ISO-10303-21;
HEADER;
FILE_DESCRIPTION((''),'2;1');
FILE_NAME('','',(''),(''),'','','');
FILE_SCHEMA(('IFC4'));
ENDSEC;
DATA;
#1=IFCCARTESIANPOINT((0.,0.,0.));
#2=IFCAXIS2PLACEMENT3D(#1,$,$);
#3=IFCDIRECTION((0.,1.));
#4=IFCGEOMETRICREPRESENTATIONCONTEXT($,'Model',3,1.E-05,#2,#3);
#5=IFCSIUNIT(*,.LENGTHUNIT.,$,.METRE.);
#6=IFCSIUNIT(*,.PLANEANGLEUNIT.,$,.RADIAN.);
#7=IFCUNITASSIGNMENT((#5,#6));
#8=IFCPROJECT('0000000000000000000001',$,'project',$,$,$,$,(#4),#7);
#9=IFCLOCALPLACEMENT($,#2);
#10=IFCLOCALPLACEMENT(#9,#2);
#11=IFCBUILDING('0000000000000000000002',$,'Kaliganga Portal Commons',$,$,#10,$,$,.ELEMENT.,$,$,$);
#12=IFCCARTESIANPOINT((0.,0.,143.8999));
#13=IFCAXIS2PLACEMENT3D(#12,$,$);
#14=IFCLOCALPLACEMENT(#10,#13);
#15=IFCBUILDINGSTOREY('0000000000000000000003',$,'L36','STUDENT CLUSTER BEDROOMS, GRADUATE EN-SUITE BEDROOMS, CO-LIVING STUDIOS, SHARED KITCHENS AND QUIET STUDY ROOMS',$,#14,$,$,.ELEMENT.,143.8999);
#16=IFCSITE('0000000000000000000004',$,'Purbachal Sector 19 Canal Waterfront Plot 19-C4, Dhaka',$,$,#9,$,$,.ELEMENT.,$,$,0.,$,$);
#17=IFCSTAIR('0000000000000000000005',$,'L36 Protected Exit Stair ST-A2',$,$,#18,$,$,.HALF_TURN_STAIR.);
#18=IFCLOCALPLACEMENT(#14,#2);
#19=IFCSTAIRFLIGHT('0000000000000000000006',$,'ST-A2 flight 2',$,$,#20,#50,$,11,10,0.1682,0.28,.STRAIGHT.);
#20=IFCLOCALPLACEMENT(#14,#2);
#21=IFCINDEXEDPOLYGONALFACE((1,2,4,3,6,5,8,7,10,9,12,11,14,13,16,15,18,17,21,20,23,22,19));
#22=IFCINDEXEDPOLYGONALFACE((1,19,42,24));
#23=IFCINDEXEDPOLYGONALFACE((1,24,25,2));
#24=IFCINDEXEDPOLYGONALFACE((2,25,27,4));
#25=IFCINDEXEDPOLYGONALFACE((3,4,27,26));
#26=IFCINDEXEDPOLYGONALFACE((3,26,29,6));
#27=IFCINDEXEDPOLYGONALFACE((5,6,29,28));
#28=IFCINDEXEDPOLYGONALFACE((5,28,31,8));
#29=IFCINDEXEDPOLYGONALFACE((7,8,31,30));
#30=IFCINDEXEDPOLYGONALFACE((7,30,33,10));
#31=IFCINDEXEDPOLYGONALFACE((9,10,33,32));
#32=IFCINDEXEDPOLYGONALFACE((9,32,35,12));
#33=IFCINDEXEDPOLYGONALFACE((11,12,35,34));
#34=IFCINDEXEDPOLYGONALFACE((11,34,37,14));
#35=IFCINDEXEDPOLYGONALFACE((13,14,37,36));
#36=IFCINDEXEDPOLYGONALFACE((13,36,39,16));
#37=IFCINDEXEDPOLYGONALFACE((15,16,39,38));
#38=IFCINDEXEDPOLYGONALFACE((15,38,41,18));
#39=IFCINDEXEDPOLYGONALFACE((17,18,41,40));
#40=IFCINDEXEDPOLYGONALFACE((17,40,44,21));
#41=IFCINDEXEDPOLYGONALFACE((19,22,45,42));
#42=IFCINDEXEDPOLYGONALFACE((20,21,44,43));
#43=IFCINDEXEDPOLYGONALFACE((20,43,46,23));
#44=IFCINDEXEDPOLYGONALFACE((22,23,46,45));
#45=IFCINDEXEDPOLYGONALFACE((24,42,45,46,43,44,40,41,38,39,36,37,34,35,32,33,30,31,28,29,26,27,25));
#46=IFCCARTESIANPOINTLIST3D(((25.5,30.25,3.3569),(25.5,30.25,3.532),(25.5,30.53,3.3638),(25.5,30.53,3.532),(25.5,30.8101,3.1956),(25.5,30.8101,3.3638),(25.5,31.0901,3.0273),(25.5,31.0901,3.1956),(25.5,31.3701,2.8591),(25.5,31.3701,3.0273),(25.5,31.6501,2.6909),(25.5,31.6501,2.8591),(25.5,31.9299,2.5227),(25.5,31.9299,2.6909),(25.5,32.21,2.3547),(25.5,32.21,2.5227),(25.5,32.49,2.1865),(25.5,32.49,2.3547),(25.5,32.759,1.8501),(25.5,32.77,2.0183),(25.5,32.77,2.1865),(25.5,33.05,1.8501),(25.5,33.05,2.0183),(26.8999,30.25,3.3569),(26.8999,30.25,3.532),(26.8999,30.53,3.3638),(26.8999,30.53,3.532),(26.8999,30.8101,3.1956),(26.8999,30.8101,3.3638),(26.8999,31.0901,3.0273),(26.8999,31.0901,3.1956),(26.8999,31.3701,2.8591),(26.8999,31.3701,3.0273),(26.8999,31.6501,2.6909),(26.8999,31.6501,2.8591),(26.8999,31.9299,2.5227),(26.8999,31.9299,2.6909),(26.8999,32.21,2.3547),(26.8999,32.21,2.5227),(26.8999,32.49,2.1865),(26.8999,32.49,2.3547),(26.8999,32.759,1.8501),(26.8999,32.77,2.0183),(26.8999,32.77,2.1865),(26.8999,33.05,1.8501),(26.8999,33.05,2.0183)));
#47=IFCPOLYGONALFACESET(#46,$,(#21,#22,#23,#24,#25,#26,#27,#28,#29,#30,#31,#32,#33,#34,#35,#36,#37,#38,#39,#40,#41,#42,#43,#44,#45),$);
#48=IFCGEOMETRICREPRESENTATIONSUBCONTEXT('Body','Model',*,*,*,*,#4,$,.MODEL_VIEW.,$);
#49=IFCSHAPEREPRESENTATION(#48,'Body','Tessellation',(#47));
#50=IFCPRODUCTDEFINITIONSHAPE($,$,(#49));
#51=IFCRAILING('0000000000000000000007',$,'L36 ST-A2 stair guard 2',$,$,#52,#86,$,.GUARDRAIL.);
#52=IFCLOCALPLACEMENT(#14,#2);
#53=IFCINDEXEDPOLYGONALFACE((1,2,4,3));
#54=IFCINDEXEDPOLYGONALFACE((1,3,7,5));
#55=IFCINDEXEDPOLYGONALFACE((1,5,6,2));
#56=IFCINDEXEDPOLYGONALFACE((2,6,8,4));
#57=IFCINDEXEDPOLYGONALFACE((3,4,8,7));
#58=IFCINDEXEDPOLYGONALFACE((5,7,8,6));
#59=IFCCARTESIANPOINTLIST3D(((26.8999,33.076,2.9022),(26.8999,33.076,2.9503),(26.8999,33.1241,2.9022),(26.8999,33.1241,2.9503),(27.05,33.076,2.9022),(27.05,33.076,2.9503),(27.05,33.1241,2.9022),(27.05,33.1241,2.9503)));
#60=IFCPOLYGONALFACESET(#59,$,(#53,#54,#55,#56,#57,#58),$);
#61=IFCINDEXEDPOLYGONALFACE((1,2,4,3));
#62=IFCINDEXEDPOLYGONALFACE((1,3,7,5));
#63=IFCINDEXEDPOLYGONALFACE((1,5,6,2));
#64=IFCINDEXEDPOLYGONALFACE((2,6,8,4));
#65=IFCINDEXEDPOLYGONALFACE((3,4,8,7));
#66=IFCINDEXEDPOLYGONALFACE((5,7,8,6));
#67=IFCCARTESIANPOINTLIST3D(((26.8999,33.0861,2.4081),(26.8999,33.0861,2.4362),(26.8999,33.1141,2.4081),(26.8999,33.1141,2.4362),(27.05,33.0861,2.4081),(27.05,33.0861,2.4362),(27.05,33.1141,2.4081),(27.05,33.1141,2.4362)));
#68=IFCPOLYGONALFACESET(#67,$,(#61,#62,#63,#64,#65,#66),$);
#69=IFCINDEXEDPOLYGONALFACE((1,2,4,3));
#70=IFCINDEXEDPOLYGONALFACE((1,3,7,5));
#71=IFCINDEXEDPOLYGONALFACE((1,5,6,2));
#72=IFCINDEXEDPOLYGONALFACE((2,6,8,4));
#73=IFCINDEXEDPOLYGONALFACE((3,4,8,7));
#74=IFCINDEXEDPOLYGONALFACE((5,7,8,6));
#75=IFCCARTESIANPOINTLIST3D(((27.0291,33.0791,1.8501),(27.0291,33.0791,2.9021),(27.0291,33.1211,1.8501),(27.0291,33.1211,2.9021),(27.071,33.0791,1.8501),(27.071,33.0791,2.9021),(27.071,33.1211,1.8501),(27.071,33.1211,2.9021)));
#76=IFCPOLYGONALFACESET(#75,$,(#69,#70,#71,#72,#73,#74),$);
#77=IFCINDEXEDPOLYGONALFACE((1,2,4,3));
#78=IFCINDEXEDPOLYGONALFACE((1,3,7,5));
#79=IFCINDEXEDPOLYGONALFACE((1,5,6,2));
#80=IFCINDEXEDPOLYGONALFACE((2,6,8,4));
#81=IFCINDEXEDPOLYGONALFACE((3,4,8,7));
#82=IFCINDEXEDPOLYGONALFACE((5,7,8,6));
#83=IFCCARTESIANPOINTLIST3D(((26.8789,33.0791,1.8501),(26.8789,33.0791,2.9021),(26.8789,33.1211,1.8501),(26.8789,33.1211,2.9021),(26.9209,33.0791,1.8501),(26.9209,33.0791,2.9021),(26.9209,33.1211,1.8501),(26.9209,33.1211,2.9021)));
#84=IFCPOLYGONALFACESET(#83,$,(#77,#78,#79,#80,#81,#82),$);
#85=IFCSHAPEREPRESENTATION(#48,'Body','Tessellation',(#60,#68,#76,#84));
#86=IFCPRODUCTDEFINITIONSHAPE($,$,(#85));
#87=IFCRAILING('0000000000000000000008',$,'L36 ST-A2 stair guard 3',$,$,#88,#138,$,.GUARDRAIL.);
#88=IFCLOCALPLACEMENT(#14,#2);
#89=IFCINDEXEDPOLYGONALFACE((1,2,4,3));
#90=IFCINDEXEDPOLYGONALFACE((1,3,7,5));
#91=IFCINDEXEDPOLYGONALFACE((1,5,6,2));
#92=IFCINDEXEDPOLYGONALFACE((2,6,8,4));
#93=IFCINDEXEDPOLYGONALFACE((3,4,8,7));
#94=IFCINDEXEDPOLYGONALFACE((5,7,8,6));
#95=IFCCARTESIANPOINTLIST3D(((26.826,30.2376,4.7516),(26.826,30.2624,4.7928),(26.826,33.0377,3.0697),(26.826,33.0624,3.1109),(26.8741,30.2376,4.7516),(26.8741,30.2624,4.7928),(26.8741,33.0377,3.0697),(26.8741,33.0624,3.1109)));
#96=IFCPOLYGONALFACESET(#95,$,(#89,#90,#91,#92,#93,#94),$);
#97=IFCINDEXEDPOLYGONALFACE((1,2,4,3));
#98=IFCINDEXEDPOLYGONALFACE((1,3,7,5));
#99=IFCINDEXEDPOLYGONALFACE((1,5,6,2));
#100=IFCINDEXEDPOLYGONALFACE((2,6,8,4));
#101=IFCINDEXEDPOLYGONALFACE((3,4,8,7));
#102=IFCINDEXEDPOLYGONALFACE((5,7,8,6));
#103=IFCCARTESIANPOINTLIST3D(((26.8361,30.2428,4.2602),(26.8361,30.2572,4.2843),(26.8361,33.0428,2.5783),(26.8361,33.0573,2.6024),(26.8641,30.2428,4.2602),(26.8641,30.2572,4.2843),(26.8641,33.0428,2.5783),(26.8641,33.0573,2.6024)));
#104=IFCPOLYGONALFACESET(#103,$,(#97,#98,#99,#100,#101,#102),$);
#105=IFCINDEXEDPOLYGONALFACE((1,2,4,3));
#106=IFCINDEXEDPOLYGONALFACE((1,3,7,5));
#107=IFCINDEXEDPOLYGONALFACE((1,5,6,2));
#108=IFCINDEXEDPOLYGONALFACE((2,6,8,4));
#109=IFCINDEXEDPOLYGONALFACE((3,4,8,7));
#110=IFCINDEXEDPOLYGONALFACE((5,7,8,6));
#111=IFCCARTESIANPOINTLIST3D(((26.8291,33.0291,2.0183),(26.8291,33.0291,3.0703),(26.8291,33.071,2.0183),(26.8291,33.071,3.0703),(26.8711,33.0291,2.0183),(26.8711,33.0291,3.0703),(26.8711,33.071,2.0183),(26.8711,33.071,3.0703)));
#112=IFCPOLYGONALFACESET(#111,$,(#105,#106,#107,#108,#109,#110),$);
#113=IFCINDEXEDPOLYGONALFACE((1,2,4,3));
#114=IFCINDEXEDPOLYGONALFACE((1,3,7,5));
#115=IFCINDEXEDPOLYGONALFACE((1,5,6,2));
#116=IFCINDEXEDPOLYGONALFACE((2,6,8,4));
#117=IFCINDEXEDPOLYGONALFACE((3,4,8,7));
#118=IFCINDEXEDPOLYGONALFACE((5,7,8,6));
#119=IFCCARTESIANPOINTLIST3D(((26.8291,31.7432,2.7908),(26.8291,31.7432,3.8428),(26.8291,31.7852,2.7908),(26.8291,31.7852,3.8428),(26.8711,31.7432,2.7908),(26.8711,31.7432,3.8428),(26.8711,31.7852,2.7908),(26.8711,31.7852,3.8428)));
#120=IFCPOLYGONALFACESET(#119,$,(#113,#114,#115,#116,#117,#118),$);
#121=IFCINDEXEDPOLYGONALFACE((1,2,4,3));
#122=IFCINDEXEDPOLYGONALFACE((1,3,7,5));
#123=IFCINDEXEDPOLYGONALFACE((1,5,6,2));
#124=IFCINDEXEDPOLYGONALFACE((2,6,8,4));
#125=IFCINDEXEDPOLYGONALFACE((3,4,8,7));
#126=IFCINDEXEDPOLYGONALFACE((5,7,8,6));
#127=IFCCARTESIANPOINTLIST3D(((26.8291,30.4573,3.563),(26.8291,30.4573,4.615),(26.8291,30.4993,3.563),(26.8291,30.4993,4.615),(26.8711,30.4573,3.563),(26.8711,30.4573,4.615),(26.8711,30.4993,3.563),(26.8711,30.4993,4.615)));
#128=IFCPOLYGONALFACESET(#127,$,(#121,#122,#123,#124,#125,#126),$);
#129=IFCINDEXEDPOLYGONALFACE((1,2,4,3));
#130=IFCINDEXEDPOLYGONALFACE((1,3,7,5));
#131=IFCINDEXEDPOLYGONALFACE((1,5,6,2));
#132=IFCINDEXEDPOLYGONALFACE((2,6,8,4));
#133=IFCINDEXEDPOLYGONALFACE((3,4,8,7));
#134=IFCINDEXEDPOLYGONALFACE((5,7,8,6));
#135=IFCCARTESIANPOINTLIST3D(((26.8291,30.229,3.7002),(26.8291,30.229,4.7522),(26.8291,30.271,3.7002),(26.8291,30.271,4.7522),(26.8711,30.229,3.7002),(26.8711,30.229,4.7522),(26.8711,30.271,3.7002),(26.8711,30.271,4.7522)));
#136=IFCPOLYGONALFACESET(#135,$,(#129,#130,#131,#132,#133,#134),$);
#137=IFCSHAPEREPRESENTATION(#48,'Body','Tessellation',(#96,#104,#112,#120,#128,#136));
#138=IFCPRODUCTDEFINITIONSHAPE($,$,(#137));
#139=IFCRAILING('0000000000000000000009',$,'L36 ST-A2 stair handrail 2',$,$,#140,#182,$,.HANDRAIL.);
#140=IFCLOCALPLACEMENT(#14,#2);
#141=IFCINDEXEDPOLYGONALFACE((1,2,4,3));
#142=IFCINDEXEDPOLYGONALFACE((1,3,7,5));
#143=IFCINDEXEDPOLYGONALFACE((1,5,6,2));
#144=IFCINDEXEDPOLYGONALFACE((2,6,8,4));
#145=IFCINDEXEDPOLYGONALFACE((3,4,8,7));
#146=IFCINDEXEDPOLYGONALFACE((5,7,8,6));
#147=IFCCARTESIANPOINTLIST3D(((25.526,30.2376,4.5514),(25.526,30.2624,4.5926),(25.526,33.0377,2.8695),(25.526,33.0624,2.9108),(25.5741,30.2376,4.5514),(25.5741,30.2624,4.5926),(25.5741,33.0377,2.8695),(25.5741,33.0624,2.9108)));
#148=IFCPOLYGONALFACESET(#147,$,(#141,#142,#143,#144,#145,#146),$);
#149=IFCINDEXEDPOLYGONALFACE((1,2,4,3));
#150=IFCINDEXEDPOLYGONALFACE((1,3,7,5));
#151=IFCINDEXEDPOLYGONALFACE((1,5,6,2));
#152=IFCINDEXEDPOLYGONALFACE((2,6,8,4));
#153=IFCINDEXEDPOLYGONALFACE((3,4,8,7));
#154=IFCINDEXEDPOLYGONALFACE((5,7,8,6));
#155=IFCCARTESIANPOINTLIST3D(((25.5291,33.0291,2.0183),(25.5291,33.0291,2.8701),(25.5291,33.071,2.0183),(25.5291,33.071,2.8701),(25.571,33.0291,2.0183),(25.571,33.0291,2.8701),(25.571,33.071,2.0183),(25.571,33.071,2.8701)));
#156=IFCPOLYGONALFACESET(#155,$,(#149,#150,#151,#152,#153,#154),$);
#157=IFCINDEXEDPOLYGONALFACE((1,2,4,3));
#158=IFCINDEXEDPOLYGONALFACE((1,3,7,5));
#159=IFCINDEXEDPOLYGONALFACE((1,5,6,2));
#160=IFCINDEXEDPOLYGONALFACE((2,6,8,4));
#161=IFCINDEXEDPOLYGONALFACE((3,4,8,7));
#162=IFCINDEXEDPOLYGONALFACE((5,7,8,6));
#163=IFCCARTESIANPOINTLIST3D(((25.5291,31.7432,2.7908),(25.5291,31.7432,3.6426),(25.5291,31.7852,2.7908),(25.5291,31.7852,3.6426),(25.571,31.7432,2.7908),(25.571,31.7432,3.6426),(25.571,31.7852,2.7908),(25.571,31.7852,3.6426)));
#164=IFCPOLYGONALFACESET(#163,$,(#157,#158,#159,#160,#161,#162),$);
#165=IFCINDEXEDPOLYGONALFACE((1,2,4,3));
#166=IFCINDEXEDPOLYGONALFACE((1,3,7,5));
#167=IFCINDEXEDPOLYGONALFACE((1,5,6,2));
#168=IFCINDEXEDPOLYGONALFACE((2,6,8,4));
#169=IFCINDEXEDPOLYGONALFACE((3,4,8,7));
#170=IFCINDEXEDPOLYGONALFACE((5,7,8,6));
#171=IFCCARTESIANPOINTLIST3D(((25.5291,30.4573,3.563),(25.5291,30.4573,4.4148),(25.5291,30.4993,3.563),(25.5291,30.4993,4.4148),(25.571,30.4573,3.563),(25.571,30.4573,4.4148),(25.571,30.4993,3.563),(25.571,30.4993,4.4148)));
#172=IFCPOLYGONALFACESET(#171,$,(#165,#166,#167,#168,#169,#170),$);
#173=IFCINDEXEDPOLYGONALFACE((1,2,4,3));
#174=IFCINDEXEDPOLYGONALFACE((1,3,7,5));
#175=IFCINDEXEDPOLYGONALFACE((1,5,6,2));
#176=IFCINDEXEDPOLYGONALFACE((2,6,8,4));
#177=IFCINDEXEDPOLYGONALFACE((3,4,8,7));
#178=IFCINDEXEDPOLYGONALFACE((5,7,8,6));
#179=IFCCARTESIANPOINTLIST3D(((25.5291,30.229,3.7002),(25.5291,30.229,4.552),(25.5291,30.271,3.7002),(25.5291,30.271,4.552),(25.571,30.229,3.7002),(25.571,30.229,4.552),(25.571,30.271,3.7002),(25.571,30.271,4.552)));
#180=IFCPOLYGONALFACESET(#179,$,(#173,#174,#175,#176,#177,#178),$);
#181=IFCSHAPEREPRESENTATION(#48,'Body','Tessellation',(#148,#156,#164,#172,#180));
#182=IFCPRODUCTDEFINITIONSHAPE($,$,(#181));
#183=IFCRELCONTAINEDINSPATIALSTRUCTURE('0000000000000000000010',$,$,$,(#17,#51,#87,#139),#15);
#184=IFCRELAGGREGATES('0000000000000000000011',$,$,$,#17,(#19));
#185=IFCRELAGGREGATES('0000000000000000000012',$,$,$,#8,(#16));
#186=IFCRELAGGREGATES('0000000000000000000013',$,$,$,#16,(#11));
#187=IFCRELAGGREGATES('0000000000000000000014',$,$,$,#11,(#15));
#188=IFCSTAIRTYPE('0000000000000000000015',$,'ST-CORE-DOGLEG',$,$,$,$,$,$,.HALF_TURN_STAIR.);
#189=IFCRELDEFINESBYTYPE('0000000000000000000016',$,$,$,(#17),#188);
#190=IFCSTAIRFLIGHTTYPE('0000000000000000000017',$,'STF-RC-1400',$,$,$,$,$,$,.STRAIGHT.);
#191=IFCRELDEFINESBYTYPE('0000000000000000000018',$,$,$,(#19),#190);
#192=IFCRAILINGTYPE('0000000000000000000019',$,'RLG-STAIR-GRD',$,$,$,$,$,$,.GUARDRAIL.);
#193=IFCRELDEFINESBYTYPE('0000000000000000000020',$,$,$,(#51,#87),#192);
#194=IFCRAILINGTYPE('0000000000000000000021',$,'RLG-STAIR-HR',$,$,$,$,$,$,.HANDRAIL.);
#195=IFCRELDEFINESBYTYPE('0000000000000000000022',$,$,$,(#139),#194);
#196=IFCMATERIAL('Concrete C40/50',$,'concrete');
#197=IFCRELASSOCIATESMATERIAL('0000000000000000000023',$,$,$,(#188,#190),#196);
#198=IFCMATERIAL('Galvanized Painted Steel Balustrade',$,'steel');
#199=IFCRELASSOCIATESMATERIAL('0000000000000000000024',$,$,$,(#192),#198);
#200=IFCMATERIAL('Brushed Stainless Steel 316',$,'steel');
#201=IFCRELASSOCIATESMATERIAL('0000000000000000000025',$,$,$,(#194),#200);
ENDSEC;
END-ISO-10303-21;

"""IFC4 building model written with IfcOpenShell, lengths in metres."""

from ifc_helpers import new_model, si_unit, direction, frame, origin, origin_2d, place, context, subcontext, project, spatial, polyline, rectangle, outline, extrude, material, type_object, element, aggregate, save


model = new_model("IFC4")

# Units and contexts
model_context = context("Model", 3, precision=1e-05, world=origin(), true_north=direction((0.0, 1.0)))
body_context = subcontext(model_context, "Body", "Model", "MODEL_VIEW")
ifc_project = project(units=[si_unit("LENGTHUNIT", "METRE"), si_unit("PLANEANGLEUNIT", "RADIAN")], contexts=[model_context])

# Site, building, storey
site_placement = place(None, origin())
site = spatial("IfcSite", under=ifc_project, at=site_placement, Name="Purbachal Sector 19 Canal Waterfront Plot 19-C4, Dhaka", CompositionType="ELEMENT", RefElevation=0.0)
building_placement = place(site_placement, origin())
building = spatial("IfcBuilding", under=site, at=building_placement, Name="Kaliganga Portal Commons", CompositionType="ELEMENT")
storey_placement = place(building_placement, frame((0.0, 0.0, 143.8999)))
storey = spatial("IfcBuildingStorey", under=building, at=storey_placement, Name="L36", Description="STUDENT CLUSTER BEDROOMS, GRADUATE EN-SUITE BEDROOMS, CO-LIVING STUDIOS, SHARED KITCHENS AND QUIET STUDY ROOMS", CompositionType="ELEMENT", Elevation=143.8999)

# Stair, stair flight
ifc_material_1 = material(Name="Concrete C40/50", Category="concrete")
stair_type = type_object("IfcStairType", Name="ST-CORE-DOGLEG", PredefinedType="HALF_TURN_STAIR", material=ifc_material_1)
stair_placement = place(storey_placement, origin())
stair = element("IfcStair", 1, at=stair_placement, inside=storey, type_object=stair_type, Name="L36 Protected Exit Stair ST-A2", PredefinedType="HALF_TURN_STAIR")
stair_flight_type = type_object("IfcStairFlightType", Name="STF-RC-1400", PredefinedType="STRAIGHT", material=ifc_material_1)
stair_flight_placement = place(storey_placement, frame((26.2, 33.05, 1.8501), z_axis=(0.0, 0.0, 1.0), x_axis=(0.0, -1.0, 0.0)))
stair_flight = element("IfcStairFlight", 2, at=stair_flight_placement, type_object=stair_flight_type, Name="ST-A2 flight 2", NumberOfRisers=11, NumberOfTreads=10, PredefinedType="STRAIGHT", RiserHeight=0.1682, TreadLength=0.28, context=body_context, shape_type="SweptSolid", body=[
    extrude(outline(polyline([(0.0, 0.0), (0.0, 0.1682), (0.28, 0.1682), (0.28, 0.3364), (0.5601, 0.3364), (0.5601, 0.5046), (0.8401, 0.5046), (0.8401, 0.6726), (1.1201, 0.6726), (1.1201, 0.8408), (1.3999, 0.8408), (1.3999, 1.009), (1.6799, 1.009), (1.6799, 1.1772), (1.96, 1.1772), (1.96, 1.3455), (2.24, 1.3455), (2.24, 1.5137), (2.52, 1.5137), (2.52, 1.6819), (2.8, 1.6819), (2.8, 1.8501), (2.8, 1.5068), (0.291, 0.0), (0.0, 0.0)])), frame((0.0, 0.7, 0.0), z_axis=(0.0, -1.0, 0.0), x_axis=(1.0, 0.0, 0.0)), (0.0, 0.0, 1.0), 1.3999),
])
aggregate(stair, [stair_flight])

# Railings
ifc_material_2 = material(Name="Galvanized Painted Steel Balustrade", Category="steel")
railing_type_1 = type_object("IfcRailingType", Name="RLG-STAIR-GRD", PredefinedType="GUARDRAIL", material=ifc_material_2)
railing_1_placement = place(storey_placement, frame((27.05, 33.1001, 1.8501)))
element("IfcRailing", 3, at=railing_1_placement, inside=storey, type_object=railing_type_1, Name="L36 ST-A2 stair guard 2", PredefinedType="GUARDRAIL", context=body_context, shape_type="SweptSolid", body=[
    extrude(rectangle(XDim=0.0481, YDim=0.0481, at=origin_2d()), frame((0.0, 0.0, 1.0762), z_axis=(-1.0, 0.0, 0.0), x_axis=(0.0, -1.0, 0.0)), (0.0, 0.0, 1.0), 0.1501),
    extrude(rectangle(XDim=0.0281, YDim=0.0281, at=origin_2d()), frame((0.0, 0.0, 0.572), z_axis=(-1.0, 0.0, 0.0), x_axis=(0.0, -1.0, 0.0)), (0.0, 0.0, 1.0), 0.1501),
    extrude(rectangle(XDim=0.042, YDim=0.042, at=origin_2d()), origin(), (0.0, 0.0, 1.0), 1.052),
    extrude(rectangle(XDim=0.042, YDim=0.042, at=origin_2d()), frame((-0.1501, 0.0, 0.0)), (0.0, 0.0, 1.0), 1.052),
])
railing_2_placement = place(storey_placement, frame((26.8501, 33.05, 2.0183)))
element("IfcRailing", 4, at=railing_2_placement, inside=storey, type_object=railing_type_1, Name="L36 ST-A2 stair guard 3", PredefinedType="GUARDRAIL", context=body_context, shape_type="SweptSolid", body=[
    extrude(rectangle(XDim=0.0481, YDim=0.0481, at=origin_2d()), frame((0.0, 0.0, 1.072), z_axis=(0.0, -0.857242, 0.514913), x_axis=(1.0, 0.0, 0.0)), (0.0, 0.0, 1.0), 3.2664),
    extrude(rectangle(XDim=0.0281, YDim=0.0281, at=origin_2d()), frame((0.0, 0.0, 0.572), z_axis=(0.0, -0.857242, 0.514913), x_axis=(1.0, 0.0, 0.0)), (0.0, 0.0, 1.0), 3.2664),
    extrude(rectangle(XDim=0.042, YDim=0.042, at=origin_2d()), origin(), (0.0, 0.0, 1.0), 1.052),
    extrude(rectangle(XDim=0.042, YDim=0.042, at=origin_2d()), frame((0.0, -1.2859, 0.7725)), (0.0, 0.0, 1.0), 1.052),
    extrude(rectangle(XDim=0.042, YDim=0.042, at=origin_2d()), frame((0.0, -2.5718, 1.5447)), (0.0, 0.0, 1.0), 1.052),
    extrude(rectangle(XDim=0.042, YDim=0.042, at=origin_2d()), frame((0.0, -2.8, 1.6819)), (0.0, 0.0, 1.0), 1.052),
])
ifc_material_3 = material(Name="Brushed Stainless Steel 316", Category="steel")
railing_type_2 = type_object("IfcRailingType", Name="RLG-STAIR-HR", PredefinedType="HANDRAIL", material=ifc_material_3)
railing_3_placement = place(storey_placement, frame((25.55, 33.05, 2.0183)))
element("IfcRailing", 5, at=railing_3_placement, inside=storey, type_object=railing_type_2, Name="L36 ST-A2 stair handrail 2", PredefinedType="HANDRAIL", context=body_context, shape_type="SweptSolid", body=[
    extrude(rectangle(XDim=0.0481, YDim=0.0481, at=origin_2d()), frame((0.0, 0.0, 0.8718), z_axis=(0.0, -0.857242, 0.514913), x_axis=(1.0, 0.0, 0.0)), (0.0, 0.0, 1.0), 3.2664),
    extrude(rectangle(XDim=0.042, YDim=0.042, at=origin_2d()), origin(), (0.0, 0.0, 1.0), 0.8518),
    extrude(rectangle(XDim=0.042, YDim=0.042, at=origin_2d()), frame((0.0, -1.2859, 0.7725)), (0.0, 0.0, 1.0), 0.8518),
    extrude(rectangle(XDim=0.042, YDim=0.042, at=origin_2d()), frame((0.0, -2.5718, 1.5447)), (0.0, 0.0, 1.0), 0.8518),
    extrude(rectangle(XDim=0.042, YDim=0.042, at=origin_2d()), frame((0.0, -2.8, 1.6819)), (0.0, 0.0, 1.0), 0.8518),
])

save(model, "model.ifc")
